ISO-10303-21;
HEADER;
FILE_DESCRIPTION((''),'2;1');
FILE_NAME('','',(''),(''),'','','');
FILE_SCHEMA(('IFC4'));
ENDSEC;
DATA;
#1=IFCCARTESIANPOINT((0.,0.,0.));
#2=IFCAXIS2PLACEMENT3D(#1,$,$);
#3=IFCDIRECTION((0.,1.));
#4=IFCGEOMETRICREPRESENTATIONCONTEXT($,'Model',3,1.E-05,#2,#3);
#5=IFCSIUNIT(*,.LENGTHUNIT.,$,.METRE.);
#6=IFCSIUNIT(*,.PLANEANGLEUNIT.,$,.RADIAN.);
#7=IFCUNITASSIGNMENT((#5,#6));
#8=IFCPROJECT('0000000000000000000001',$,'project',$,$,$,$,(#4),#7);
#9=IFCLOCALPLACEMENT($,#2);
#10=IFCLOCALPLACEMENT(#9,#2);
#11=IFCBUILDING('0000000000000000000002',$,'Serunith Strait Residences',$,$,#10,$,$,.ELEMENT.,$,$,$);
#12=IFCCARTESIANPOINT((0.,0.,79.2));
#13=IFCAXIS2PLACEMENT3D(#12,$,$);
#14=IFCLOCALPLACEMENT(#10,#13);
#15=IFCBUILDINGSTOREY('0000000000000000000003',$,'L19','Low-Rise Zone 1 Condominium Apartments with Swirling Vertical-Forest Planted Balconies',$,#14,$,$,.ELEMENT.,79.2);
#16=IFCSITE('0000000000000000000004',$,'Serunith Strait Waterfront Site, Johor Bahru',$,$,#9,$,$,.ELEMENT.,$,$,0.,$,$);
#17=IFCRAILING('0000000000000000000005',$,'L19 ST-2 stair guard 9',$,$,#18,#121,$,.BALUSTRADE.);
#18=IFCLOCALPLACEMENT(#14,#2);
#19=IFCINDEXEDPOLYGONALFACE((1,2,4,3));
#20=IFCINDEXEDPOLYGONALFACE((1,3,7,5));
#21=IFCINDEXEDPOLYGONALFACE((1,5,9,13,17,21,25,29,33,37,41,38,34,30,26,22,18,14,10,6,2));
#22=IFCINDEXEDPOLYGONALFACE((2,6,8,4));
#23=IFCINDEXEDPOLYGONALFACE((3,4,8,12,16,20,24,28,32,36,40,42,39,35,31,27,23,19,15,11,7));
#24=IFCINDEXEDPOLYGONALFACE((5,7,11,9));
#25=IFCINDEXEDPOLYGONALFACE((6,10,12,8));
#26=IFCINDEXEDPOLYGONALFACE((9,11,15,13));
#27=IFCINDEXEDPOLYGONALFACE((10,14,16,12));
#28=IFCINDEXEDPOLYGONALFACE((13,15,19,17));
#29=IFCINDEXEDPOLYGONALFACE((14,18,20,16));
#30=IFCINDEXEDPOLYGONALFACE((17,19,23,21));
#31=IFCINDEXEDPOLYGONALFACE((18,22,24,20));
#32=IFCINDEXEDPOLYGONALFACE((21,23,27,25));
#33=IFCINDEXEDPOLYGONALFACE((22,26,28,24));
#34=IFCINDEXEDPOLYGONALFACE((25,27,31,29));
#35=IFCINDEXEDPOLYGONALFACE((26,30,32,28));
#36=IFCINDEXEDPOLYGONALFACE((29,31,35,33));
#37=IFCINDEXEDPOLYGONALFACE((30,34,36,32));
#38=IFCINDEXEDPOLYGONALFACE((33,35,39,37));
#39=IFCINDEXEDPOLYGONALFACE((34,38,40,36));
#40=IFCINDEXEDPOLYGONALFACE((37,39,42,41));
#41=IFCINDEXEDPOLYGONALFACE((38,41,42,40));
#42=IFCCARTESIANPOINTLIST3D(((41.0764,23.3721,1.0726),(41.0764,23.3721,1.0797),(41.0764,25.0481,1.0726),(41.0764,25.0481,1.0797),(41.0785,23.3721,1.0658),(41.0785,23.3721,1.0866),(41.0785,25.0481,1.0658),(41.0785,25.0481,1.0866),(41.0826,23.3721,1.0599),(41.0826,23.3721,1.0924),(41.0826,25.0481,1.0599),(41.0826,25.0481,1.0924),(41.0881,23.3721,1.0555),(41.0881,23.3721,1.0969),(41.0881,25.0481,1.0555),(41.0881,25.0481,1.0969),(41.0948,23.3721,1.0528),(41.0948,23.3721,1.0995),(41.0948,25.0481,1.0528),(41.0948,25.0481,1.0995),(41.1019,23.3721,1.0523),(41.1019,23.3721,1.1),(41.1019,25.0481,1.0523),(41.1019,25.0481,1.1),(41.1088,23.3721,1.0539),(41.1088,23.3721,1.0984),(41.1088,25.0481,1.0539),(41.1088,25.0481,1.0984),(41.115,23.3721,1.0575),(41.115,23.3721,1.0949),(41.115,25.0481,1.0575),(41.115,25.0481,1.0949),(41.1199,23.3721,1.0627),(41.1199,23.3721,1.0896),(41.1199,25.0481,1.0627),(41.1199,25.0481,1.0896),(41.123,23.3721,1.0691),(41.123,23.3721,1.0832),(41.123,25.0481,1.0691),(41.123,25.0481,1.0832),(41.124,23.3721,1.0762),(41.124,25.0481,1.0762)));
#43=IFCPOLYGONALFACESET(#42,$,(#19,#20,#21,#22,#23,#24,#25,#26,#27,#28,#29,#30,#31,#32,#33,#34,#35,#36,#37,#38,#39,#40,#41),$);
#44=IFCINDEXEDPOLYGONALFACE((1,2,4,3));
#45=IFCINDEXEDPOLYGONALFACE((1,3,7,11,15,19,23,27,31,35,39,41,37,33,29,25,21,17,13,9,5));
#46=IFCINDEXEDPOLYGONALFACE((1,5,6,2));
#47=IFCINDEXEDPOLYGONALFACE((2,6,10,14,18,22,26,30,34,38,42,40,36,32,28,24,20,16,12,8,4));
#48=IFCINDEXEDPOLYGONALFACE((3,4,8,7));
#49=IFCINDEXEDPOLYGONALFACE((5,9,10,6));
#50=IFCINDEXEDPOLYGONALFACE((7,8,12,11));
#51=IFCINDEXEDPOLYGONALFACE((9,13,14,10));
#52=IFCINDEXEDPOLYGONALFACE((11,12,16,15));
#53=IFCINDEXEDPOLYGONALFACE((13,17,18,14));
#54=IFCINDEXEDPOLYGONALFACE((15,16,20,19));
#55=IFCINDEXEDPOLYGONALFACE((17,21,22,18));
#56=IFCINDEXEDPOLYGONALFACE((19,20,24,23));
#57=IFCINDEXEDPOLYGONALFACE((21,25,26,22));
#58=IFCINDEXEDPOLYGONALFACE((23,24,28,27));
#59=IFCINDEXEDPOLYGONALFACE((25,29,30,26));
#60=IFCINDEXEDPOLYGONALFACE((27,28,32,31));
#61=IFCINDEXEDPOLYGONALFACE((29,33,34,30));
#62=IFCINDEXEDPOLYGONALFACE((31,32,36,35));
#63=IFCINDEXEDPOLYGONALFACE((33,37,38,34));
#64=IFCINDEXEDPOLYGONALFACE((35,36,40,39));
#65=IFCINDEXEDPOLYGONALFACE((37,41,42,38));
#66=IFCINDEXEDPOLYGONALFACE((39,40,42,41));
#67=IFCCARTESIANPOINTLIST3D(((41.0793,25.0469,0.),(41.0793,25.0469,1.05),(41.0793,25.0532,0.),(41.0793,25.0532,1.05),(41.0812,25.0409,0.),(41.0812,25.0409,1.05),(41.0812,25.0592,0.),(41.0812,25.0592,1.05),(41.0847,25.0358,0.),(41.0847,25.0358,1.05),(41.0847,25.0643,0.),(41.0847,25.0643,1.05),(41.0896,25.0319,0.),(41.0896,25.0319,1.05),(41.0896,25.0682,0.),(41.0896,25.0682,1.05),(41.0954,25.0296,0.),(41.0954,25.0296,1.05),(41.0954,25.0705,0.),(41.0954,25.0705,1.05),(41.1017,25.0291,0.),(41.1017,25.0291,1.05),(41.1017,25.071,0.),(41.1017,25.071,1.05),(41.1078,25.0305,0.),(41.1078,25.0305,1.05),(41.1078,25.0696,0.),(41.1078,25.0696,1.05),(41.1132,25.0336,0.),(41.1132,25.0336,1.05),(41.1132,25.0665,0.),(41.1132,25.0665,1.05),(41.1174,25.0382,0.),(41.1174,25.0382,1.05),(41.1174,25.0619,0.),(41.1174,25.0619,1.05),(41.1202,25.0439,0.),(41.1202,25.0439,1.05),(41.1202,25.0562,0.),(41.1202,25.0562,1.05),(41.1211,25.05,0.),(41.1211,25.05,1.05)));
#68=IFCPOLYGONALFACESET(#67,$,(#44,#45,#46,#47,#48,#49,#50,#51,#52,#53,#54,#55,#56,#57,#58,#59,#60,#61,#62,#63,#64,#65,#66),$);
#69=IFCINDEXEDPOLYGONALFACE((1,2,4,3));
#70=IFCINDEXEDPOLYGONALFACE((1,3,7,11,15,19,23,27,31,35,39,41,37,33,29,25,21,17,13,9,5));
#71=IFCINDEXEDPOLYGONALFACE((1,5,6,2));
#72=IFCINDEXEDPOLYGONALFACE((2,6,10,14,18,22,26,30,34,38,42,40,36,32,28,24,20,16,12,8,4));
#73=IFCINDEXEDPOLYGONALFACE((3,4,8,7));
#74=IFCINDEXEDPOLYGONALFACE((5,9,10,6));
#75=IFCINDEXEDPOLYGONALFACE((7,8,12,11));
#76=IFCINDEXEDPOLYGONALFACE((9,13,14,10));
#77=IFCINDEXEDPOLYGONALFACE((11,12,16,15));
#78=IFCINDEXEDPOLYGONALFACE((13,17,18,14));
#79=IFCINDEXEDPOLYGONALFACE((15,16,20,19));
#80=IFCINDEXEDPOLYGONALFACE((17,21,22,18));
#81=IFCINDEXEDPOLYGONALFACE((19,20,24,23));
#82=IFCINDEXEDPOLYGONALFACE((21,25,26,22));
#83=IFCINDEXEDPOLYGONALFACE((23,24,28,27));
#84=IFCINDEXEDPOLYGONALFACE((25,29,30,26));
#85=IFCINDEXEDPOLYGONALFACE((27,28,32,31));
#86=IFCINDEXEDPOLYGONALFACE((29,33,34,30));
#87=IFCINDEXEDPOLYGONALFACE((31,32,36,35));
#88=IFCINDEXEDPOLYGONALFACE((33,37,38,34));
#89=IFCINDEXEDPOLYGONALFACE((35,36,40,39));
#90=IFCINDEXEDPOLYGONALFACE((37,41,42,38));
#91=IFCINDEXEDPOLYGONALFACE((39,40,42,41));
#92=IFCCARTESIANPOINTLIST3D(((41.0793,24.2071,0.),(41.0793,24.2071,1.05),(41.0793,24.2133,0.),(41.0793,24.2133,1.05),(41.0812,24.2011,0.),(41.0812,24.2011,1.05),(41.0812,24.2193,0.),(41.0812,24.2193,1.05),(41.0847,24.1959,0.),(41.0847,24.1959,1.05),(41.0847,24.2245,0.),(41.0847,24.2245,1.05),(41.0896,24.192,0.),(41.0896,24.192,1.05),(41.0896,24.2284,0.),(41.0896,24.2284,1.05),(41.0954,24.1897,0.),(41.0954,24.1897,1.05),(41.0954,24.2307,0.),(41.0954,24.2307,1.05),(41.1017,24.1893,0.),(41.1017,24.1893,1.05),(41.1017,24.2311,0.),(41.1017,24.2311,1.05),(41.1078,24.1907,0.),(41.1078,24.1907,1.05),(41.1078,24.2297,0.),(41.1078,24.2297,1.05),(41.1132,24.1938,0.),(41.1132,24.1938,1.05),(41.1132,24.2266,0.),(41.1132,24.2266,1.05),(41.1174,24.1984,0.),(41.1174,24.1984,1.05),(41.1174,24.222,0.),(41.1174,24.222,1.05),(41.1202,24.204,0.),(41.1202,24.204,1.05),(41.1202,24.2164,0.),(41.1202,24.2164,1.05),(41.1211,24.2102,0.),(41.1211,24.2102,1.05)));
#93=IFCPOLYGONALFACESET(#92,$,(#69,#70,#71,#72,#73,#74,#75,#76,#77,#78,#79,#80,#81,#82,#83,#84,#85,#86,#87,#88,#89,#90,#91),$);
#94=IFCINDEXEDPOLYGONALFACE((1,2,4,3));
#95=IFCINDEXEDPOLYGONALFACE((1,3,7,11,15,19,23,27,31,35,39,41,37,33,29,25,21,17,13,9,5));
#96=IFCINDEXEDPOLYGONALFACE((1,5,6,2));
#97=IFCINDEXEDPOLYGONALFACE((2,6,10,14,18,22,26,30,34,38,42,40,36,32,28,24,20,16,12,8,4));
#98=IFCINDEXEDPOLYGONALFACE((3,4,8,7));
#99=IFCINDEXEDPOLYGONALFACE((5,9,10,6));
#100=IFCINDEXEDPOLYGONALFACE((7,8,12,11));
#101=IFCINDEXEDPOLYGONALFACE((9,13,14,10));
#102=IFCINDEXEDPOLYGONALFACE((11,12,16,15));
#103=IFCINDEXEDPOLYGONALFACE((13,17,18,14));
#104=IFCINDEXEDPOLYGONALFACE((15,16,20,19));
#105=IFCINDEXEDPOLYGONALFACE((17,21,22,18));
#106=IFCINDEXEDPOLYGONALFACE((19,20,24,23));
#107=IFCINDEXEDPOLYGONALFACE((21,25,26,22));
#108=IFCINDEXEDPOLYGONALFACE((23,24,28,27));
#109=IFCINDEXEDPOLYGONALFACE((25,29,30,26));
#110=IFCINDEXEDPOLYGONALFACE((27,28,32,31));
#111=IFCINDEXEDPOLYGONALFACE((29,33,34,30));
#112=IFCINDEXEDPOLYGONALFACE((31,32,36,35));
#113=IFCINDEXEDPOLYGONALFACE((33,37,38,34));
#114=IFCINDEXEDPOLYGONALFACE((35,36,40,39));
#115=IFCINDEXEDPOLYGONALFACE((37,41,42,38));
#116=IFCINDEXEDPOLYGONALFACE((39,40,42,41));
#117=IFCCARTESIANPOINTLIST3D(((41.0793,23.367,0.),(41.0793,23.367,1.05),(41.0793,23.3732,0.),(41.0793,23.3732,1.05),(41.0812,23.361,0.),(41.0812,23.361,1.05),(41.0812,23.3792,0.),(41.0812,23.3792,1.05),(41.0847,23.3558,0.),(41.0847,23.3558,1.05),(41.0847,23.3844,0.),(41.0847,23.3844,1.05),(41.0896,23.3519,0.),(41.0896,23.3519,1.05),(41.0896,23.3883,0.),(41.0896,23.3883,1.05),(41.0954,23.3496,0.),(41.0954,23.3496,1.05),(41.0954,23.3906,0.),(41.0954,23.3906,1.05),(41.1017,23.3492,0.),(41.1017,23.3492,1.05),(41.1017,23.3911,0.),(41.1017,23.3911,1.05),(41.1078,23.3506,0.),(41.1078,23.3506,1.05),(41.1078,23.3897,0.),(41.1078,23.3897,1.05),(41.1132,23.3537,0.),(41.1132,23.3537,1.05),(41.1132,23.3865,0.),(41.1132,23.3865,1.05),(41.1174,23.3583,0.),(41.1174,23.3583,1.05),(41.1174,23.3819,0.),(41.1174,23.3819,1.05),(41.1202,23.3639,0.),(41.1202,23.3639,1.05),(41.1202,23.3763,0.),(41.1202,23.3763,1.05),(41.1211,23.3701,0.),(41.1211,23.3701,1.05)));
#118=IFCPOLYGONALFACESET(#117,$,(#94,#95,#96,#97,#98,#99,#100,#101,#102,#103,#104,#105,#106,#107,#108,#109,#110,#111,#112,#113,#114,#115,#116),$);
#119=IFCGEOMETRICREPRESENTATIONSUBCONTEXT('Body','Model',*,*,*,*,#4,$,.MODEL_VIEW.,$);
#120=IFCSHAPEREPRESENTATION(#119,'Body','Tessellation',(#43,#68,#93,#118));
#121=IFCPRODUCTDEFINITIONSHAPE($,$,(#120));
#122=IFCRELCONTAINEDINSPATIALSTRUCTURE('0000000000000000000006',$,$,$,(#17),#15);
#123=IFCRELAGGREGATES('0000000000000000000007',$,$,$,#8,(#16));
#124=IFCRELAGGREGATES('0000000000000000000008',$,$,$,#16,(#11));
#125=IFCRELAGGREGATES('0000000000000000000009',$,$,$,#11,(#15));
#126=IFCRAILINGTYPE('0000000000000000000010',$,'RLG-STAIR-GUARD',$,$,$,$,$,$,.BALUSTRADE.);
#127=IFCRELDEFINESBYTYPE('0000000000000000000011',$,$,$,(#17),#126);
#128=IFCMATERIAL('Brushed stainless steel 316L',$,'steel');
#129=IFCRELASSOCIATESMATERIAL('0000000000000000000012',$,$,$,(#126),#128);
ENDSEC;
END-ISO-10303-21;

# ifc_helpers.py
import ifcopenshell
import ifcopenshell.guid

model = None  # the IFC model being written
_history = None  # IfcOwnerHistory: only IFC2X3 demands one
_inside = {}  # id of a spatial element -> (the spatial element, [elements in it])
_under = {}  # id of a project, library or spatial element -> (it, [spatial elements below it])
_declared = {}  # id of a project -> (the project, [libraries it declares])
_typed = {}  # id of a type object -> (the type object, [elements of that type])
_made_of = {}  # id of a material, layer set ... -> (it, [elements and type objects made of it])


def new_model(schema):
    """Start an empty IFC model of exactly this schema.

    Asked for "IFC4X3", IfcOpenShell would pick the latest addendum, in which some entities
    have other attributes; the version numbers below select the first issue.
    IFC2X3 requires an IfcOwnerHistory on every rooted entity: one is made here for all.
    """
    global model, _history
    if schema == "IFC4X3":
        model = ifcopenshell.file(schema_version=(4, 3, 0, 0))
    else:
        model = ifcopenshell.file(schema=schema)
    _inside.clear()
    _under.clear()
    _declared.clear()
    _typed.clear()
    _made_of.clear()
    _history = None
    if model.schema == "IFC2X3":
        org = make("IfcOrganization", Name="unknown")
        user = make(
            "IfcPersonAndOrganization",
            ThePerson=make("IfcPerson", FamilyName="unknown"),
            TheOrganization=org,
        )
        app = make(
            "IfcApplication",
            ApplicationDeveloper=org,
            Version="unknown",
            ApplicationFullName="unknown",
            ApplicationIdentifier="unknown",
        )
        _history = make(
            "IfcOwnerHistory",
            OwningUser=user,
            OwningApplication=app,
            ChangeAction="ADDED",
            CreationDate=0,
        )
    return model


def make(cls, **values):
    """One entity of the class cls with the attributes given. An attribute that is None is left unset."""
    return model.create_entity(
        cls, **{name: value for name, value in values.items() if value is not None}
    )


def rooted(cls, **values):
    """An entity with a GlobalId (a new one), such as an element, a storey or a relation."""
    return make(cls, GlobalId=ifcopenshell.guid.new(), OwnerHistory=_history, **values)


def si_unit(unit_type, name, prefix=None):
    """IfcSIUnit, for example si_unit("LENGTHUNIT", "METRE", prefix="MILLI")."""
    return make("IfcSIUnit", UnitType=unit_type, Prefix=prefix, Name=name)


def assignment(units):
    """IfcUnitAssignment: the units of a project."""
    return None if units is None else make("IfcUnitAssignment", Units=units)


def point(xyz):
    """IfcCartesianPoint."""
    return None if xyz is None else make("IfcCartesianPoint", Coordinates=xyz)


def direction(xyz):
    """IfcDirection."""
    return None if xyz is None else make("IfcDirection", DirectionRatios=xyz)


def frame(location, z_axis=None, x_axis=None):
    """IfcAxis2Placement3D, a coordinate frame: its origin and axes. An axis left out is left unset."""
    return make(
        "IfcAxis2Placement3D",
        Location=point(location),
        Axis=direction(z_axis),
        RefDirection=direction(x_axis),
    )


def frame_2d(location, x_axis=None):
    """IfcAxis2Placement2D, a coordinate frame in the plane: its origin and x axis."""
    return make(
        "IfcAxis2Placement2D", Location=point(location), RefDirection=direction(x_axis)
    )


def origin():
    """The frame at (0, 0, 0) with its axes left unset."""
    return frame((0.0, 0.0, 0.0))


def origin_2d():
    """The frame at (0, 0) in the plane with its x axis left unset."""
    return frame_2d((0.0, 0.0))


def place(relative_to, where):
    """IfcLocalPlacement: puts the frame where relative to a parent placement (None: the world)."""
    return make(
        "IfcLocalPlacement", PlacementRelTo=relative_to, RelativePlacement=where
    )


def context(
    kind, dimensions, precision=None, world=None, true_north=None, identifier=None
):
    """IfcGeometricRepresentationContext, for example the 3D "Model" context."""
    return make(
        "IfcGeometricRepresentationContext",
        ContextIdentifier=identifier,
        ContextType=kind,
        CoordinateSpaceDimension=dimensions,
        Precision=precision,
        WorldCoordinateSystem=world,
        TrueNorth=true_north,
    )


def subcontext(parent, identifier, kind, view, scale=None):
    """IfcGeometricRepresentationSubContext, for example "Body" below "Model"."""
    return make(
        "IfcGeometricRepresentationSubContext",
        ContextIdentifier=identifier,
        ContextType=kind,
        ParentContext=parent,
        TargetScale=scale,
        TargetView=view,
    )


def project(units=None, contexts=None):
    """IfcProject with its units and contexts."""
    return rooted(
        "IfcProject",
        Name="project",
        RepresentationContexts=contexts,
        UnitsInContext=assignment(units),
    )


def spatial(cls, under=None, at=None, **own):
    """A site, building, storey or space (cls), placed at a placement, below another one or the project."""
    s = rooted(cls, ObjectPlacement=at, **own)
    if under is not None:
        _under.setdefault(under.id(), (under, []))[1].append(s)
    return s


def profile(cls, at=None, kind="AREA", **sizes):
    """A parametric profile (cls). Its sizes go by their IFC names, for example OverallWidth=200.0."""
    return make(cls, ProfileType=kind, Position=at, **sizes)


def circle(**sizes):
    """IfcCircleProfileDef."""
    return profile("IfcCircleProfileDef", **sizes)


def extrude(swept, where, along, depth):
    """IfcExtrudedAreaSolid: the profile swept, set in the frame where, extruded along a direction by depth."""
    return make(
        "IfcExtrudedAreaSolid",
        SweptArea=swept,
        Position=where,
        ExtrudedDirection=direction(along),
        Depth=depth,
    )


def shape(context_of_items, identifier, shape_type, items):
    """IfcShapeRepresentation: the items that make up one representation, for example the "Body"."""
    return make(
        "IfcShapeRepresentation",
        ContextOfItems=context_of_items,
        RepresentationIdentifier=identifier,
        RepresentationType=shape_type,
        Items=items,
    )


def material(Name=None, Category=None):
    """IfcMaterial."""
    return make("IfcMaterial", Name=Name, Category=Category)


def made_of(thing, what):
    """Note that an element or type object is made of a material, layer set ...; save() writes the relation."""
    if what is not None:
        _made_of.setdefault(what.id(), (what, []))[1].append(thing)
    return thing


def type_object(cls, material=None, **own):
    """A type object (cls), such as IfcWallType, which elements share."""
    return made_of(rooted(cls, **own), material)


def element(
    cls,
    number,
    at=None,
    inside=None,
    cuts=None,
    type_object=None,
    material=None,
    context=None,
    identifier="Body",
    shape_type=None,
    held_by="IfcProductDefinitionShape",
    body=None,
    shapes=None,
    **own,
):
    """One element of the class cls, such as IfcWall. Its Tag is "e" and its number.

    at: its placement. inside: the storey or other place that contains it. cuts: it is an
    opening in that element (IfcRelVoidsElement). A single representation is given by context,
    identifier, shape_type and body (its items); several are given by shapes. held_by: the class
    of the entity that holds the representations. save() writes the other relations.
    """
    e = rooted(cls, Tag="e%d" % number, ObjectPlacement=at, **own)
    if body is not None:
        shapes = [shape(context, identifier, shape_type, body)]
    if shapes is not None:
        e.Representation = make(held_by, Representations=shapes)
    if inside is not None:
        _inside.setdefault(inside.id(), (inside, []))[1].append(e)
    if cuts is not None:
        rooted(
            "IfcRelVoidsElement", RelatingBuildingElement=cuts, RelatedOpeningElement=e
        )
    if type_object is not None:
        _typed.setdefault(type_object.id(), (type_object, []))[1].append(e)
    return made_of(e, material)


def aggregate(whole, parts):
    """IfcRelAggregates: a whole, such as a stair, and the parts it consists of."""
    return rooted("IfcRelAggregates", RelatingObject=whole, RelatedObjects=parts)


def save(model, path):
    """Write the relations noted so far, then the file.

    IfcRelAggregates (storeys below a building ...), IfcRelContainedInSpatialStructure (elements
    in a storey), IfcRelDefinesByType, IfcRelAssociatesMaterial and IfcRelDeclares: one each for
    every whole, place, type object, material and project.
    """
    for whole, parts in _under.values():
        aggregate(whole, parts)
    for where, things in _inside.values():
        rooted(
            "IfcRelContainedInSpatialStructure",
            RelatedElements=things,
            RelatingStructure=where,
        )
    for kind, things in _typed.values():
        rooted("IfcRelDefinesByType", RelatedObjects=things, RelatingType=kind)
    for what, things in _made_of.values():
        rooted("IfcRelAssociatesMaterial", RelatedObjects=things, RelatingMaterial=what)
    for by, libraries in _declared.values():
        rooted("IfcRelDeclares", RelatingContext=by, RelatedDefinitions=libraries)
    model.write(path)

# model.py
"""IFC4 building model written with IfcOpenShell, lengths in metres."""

from ifc_helpers import new_model, si_unit, direction, frame, origin, origin_2d, place, context, subcontext, project, spatial, circle, extrude, material, type_object, element, save


model = new_model("IFC4")

# Units and contexts
model_context = context("Model", 3, precision=1e-05, world=origin(), true_north=direction((0.0, 1.0)))
body_context = subcontext(model_context, "Body", "Model", "MODEL_VIEW")
ifc_project = project(units=[si_unit("LENGTHUNIT", "METRE"), si_unit("PLANEANGLEUNIT", "RADIAN")], contexts=[model_context])

# Site, building, storey
site_placement = place(None, origin())
site = spatial("IfcSite", under=ifc_project, at=site_placement, Name="Serunith Strait Waterfront Site, Johor Bahru", CompositionType="ELEMENT", RefElevation=0.0)
building_placement = place(site_placement, origin())
building = spatial("IfcBuilding", under=site, at=building_placement, Name="Serunith Strait Residences", CompositionType="ELEMENT")
storey_placement = place(building_placement, frame((0.0, 0.0, 79.2)))
storey = spatial("IfcBuildingStorey", under=building, at=storey_placement, Name="L19", Description="Low-Rise Zone 1 Condominium Apartments with Swirling Vertical-Forest Planted Balconies", CompositionType="ELEMENT", Elevation=79.2)

# Railing
ifc_material_1 = material(Name="Brushed stainless steel 316L", Category="steel")
railing_type = type_object("IfcRailingType", Name="RLG-STAIR-GUARD", PredefinedType="BALUSTRADE", material=ifc_material_1)
for number, where, name in (
    (1, (41.1001, 25.05, 0.0), "L19 ST-2 stair guard 9"),
):
    element("IfcRailing", number, at=place(storey_placement, frame(where)), inside=storey, type_object=railing_type, Name=name, PredefinedType="BALUSTRADE", context=body_context, shape_type="SweptSolid", body=[
        extrude(circle(Radius=0.0239, at=origin_2d()), frame((0.0, -0.002, 1.0762), z_axis=(0.0, -1.0, 0.0), x_axis=(1.0, 0.0, 0.0)), (0.0, 0.0, 1.0), 1.676),
        extrude(circle(Radius=0.021, at=origin_2d()), origin(), (0.0, 0.0, 1.0), 1.05),
        extrude(circle(Radius=0.021, at=origin_2d()), frame((0.0, -0.8398, 0.0)), (0.0, 0.0, 1.0), 1.05),
        extrude(circle(Radius=0.021, at=origin_2d()), frame((0.0, -1.6799, 0.0)), (0.0, 0.0, 1.0), 1.05),
    ])

save(model, "model.ifc")
